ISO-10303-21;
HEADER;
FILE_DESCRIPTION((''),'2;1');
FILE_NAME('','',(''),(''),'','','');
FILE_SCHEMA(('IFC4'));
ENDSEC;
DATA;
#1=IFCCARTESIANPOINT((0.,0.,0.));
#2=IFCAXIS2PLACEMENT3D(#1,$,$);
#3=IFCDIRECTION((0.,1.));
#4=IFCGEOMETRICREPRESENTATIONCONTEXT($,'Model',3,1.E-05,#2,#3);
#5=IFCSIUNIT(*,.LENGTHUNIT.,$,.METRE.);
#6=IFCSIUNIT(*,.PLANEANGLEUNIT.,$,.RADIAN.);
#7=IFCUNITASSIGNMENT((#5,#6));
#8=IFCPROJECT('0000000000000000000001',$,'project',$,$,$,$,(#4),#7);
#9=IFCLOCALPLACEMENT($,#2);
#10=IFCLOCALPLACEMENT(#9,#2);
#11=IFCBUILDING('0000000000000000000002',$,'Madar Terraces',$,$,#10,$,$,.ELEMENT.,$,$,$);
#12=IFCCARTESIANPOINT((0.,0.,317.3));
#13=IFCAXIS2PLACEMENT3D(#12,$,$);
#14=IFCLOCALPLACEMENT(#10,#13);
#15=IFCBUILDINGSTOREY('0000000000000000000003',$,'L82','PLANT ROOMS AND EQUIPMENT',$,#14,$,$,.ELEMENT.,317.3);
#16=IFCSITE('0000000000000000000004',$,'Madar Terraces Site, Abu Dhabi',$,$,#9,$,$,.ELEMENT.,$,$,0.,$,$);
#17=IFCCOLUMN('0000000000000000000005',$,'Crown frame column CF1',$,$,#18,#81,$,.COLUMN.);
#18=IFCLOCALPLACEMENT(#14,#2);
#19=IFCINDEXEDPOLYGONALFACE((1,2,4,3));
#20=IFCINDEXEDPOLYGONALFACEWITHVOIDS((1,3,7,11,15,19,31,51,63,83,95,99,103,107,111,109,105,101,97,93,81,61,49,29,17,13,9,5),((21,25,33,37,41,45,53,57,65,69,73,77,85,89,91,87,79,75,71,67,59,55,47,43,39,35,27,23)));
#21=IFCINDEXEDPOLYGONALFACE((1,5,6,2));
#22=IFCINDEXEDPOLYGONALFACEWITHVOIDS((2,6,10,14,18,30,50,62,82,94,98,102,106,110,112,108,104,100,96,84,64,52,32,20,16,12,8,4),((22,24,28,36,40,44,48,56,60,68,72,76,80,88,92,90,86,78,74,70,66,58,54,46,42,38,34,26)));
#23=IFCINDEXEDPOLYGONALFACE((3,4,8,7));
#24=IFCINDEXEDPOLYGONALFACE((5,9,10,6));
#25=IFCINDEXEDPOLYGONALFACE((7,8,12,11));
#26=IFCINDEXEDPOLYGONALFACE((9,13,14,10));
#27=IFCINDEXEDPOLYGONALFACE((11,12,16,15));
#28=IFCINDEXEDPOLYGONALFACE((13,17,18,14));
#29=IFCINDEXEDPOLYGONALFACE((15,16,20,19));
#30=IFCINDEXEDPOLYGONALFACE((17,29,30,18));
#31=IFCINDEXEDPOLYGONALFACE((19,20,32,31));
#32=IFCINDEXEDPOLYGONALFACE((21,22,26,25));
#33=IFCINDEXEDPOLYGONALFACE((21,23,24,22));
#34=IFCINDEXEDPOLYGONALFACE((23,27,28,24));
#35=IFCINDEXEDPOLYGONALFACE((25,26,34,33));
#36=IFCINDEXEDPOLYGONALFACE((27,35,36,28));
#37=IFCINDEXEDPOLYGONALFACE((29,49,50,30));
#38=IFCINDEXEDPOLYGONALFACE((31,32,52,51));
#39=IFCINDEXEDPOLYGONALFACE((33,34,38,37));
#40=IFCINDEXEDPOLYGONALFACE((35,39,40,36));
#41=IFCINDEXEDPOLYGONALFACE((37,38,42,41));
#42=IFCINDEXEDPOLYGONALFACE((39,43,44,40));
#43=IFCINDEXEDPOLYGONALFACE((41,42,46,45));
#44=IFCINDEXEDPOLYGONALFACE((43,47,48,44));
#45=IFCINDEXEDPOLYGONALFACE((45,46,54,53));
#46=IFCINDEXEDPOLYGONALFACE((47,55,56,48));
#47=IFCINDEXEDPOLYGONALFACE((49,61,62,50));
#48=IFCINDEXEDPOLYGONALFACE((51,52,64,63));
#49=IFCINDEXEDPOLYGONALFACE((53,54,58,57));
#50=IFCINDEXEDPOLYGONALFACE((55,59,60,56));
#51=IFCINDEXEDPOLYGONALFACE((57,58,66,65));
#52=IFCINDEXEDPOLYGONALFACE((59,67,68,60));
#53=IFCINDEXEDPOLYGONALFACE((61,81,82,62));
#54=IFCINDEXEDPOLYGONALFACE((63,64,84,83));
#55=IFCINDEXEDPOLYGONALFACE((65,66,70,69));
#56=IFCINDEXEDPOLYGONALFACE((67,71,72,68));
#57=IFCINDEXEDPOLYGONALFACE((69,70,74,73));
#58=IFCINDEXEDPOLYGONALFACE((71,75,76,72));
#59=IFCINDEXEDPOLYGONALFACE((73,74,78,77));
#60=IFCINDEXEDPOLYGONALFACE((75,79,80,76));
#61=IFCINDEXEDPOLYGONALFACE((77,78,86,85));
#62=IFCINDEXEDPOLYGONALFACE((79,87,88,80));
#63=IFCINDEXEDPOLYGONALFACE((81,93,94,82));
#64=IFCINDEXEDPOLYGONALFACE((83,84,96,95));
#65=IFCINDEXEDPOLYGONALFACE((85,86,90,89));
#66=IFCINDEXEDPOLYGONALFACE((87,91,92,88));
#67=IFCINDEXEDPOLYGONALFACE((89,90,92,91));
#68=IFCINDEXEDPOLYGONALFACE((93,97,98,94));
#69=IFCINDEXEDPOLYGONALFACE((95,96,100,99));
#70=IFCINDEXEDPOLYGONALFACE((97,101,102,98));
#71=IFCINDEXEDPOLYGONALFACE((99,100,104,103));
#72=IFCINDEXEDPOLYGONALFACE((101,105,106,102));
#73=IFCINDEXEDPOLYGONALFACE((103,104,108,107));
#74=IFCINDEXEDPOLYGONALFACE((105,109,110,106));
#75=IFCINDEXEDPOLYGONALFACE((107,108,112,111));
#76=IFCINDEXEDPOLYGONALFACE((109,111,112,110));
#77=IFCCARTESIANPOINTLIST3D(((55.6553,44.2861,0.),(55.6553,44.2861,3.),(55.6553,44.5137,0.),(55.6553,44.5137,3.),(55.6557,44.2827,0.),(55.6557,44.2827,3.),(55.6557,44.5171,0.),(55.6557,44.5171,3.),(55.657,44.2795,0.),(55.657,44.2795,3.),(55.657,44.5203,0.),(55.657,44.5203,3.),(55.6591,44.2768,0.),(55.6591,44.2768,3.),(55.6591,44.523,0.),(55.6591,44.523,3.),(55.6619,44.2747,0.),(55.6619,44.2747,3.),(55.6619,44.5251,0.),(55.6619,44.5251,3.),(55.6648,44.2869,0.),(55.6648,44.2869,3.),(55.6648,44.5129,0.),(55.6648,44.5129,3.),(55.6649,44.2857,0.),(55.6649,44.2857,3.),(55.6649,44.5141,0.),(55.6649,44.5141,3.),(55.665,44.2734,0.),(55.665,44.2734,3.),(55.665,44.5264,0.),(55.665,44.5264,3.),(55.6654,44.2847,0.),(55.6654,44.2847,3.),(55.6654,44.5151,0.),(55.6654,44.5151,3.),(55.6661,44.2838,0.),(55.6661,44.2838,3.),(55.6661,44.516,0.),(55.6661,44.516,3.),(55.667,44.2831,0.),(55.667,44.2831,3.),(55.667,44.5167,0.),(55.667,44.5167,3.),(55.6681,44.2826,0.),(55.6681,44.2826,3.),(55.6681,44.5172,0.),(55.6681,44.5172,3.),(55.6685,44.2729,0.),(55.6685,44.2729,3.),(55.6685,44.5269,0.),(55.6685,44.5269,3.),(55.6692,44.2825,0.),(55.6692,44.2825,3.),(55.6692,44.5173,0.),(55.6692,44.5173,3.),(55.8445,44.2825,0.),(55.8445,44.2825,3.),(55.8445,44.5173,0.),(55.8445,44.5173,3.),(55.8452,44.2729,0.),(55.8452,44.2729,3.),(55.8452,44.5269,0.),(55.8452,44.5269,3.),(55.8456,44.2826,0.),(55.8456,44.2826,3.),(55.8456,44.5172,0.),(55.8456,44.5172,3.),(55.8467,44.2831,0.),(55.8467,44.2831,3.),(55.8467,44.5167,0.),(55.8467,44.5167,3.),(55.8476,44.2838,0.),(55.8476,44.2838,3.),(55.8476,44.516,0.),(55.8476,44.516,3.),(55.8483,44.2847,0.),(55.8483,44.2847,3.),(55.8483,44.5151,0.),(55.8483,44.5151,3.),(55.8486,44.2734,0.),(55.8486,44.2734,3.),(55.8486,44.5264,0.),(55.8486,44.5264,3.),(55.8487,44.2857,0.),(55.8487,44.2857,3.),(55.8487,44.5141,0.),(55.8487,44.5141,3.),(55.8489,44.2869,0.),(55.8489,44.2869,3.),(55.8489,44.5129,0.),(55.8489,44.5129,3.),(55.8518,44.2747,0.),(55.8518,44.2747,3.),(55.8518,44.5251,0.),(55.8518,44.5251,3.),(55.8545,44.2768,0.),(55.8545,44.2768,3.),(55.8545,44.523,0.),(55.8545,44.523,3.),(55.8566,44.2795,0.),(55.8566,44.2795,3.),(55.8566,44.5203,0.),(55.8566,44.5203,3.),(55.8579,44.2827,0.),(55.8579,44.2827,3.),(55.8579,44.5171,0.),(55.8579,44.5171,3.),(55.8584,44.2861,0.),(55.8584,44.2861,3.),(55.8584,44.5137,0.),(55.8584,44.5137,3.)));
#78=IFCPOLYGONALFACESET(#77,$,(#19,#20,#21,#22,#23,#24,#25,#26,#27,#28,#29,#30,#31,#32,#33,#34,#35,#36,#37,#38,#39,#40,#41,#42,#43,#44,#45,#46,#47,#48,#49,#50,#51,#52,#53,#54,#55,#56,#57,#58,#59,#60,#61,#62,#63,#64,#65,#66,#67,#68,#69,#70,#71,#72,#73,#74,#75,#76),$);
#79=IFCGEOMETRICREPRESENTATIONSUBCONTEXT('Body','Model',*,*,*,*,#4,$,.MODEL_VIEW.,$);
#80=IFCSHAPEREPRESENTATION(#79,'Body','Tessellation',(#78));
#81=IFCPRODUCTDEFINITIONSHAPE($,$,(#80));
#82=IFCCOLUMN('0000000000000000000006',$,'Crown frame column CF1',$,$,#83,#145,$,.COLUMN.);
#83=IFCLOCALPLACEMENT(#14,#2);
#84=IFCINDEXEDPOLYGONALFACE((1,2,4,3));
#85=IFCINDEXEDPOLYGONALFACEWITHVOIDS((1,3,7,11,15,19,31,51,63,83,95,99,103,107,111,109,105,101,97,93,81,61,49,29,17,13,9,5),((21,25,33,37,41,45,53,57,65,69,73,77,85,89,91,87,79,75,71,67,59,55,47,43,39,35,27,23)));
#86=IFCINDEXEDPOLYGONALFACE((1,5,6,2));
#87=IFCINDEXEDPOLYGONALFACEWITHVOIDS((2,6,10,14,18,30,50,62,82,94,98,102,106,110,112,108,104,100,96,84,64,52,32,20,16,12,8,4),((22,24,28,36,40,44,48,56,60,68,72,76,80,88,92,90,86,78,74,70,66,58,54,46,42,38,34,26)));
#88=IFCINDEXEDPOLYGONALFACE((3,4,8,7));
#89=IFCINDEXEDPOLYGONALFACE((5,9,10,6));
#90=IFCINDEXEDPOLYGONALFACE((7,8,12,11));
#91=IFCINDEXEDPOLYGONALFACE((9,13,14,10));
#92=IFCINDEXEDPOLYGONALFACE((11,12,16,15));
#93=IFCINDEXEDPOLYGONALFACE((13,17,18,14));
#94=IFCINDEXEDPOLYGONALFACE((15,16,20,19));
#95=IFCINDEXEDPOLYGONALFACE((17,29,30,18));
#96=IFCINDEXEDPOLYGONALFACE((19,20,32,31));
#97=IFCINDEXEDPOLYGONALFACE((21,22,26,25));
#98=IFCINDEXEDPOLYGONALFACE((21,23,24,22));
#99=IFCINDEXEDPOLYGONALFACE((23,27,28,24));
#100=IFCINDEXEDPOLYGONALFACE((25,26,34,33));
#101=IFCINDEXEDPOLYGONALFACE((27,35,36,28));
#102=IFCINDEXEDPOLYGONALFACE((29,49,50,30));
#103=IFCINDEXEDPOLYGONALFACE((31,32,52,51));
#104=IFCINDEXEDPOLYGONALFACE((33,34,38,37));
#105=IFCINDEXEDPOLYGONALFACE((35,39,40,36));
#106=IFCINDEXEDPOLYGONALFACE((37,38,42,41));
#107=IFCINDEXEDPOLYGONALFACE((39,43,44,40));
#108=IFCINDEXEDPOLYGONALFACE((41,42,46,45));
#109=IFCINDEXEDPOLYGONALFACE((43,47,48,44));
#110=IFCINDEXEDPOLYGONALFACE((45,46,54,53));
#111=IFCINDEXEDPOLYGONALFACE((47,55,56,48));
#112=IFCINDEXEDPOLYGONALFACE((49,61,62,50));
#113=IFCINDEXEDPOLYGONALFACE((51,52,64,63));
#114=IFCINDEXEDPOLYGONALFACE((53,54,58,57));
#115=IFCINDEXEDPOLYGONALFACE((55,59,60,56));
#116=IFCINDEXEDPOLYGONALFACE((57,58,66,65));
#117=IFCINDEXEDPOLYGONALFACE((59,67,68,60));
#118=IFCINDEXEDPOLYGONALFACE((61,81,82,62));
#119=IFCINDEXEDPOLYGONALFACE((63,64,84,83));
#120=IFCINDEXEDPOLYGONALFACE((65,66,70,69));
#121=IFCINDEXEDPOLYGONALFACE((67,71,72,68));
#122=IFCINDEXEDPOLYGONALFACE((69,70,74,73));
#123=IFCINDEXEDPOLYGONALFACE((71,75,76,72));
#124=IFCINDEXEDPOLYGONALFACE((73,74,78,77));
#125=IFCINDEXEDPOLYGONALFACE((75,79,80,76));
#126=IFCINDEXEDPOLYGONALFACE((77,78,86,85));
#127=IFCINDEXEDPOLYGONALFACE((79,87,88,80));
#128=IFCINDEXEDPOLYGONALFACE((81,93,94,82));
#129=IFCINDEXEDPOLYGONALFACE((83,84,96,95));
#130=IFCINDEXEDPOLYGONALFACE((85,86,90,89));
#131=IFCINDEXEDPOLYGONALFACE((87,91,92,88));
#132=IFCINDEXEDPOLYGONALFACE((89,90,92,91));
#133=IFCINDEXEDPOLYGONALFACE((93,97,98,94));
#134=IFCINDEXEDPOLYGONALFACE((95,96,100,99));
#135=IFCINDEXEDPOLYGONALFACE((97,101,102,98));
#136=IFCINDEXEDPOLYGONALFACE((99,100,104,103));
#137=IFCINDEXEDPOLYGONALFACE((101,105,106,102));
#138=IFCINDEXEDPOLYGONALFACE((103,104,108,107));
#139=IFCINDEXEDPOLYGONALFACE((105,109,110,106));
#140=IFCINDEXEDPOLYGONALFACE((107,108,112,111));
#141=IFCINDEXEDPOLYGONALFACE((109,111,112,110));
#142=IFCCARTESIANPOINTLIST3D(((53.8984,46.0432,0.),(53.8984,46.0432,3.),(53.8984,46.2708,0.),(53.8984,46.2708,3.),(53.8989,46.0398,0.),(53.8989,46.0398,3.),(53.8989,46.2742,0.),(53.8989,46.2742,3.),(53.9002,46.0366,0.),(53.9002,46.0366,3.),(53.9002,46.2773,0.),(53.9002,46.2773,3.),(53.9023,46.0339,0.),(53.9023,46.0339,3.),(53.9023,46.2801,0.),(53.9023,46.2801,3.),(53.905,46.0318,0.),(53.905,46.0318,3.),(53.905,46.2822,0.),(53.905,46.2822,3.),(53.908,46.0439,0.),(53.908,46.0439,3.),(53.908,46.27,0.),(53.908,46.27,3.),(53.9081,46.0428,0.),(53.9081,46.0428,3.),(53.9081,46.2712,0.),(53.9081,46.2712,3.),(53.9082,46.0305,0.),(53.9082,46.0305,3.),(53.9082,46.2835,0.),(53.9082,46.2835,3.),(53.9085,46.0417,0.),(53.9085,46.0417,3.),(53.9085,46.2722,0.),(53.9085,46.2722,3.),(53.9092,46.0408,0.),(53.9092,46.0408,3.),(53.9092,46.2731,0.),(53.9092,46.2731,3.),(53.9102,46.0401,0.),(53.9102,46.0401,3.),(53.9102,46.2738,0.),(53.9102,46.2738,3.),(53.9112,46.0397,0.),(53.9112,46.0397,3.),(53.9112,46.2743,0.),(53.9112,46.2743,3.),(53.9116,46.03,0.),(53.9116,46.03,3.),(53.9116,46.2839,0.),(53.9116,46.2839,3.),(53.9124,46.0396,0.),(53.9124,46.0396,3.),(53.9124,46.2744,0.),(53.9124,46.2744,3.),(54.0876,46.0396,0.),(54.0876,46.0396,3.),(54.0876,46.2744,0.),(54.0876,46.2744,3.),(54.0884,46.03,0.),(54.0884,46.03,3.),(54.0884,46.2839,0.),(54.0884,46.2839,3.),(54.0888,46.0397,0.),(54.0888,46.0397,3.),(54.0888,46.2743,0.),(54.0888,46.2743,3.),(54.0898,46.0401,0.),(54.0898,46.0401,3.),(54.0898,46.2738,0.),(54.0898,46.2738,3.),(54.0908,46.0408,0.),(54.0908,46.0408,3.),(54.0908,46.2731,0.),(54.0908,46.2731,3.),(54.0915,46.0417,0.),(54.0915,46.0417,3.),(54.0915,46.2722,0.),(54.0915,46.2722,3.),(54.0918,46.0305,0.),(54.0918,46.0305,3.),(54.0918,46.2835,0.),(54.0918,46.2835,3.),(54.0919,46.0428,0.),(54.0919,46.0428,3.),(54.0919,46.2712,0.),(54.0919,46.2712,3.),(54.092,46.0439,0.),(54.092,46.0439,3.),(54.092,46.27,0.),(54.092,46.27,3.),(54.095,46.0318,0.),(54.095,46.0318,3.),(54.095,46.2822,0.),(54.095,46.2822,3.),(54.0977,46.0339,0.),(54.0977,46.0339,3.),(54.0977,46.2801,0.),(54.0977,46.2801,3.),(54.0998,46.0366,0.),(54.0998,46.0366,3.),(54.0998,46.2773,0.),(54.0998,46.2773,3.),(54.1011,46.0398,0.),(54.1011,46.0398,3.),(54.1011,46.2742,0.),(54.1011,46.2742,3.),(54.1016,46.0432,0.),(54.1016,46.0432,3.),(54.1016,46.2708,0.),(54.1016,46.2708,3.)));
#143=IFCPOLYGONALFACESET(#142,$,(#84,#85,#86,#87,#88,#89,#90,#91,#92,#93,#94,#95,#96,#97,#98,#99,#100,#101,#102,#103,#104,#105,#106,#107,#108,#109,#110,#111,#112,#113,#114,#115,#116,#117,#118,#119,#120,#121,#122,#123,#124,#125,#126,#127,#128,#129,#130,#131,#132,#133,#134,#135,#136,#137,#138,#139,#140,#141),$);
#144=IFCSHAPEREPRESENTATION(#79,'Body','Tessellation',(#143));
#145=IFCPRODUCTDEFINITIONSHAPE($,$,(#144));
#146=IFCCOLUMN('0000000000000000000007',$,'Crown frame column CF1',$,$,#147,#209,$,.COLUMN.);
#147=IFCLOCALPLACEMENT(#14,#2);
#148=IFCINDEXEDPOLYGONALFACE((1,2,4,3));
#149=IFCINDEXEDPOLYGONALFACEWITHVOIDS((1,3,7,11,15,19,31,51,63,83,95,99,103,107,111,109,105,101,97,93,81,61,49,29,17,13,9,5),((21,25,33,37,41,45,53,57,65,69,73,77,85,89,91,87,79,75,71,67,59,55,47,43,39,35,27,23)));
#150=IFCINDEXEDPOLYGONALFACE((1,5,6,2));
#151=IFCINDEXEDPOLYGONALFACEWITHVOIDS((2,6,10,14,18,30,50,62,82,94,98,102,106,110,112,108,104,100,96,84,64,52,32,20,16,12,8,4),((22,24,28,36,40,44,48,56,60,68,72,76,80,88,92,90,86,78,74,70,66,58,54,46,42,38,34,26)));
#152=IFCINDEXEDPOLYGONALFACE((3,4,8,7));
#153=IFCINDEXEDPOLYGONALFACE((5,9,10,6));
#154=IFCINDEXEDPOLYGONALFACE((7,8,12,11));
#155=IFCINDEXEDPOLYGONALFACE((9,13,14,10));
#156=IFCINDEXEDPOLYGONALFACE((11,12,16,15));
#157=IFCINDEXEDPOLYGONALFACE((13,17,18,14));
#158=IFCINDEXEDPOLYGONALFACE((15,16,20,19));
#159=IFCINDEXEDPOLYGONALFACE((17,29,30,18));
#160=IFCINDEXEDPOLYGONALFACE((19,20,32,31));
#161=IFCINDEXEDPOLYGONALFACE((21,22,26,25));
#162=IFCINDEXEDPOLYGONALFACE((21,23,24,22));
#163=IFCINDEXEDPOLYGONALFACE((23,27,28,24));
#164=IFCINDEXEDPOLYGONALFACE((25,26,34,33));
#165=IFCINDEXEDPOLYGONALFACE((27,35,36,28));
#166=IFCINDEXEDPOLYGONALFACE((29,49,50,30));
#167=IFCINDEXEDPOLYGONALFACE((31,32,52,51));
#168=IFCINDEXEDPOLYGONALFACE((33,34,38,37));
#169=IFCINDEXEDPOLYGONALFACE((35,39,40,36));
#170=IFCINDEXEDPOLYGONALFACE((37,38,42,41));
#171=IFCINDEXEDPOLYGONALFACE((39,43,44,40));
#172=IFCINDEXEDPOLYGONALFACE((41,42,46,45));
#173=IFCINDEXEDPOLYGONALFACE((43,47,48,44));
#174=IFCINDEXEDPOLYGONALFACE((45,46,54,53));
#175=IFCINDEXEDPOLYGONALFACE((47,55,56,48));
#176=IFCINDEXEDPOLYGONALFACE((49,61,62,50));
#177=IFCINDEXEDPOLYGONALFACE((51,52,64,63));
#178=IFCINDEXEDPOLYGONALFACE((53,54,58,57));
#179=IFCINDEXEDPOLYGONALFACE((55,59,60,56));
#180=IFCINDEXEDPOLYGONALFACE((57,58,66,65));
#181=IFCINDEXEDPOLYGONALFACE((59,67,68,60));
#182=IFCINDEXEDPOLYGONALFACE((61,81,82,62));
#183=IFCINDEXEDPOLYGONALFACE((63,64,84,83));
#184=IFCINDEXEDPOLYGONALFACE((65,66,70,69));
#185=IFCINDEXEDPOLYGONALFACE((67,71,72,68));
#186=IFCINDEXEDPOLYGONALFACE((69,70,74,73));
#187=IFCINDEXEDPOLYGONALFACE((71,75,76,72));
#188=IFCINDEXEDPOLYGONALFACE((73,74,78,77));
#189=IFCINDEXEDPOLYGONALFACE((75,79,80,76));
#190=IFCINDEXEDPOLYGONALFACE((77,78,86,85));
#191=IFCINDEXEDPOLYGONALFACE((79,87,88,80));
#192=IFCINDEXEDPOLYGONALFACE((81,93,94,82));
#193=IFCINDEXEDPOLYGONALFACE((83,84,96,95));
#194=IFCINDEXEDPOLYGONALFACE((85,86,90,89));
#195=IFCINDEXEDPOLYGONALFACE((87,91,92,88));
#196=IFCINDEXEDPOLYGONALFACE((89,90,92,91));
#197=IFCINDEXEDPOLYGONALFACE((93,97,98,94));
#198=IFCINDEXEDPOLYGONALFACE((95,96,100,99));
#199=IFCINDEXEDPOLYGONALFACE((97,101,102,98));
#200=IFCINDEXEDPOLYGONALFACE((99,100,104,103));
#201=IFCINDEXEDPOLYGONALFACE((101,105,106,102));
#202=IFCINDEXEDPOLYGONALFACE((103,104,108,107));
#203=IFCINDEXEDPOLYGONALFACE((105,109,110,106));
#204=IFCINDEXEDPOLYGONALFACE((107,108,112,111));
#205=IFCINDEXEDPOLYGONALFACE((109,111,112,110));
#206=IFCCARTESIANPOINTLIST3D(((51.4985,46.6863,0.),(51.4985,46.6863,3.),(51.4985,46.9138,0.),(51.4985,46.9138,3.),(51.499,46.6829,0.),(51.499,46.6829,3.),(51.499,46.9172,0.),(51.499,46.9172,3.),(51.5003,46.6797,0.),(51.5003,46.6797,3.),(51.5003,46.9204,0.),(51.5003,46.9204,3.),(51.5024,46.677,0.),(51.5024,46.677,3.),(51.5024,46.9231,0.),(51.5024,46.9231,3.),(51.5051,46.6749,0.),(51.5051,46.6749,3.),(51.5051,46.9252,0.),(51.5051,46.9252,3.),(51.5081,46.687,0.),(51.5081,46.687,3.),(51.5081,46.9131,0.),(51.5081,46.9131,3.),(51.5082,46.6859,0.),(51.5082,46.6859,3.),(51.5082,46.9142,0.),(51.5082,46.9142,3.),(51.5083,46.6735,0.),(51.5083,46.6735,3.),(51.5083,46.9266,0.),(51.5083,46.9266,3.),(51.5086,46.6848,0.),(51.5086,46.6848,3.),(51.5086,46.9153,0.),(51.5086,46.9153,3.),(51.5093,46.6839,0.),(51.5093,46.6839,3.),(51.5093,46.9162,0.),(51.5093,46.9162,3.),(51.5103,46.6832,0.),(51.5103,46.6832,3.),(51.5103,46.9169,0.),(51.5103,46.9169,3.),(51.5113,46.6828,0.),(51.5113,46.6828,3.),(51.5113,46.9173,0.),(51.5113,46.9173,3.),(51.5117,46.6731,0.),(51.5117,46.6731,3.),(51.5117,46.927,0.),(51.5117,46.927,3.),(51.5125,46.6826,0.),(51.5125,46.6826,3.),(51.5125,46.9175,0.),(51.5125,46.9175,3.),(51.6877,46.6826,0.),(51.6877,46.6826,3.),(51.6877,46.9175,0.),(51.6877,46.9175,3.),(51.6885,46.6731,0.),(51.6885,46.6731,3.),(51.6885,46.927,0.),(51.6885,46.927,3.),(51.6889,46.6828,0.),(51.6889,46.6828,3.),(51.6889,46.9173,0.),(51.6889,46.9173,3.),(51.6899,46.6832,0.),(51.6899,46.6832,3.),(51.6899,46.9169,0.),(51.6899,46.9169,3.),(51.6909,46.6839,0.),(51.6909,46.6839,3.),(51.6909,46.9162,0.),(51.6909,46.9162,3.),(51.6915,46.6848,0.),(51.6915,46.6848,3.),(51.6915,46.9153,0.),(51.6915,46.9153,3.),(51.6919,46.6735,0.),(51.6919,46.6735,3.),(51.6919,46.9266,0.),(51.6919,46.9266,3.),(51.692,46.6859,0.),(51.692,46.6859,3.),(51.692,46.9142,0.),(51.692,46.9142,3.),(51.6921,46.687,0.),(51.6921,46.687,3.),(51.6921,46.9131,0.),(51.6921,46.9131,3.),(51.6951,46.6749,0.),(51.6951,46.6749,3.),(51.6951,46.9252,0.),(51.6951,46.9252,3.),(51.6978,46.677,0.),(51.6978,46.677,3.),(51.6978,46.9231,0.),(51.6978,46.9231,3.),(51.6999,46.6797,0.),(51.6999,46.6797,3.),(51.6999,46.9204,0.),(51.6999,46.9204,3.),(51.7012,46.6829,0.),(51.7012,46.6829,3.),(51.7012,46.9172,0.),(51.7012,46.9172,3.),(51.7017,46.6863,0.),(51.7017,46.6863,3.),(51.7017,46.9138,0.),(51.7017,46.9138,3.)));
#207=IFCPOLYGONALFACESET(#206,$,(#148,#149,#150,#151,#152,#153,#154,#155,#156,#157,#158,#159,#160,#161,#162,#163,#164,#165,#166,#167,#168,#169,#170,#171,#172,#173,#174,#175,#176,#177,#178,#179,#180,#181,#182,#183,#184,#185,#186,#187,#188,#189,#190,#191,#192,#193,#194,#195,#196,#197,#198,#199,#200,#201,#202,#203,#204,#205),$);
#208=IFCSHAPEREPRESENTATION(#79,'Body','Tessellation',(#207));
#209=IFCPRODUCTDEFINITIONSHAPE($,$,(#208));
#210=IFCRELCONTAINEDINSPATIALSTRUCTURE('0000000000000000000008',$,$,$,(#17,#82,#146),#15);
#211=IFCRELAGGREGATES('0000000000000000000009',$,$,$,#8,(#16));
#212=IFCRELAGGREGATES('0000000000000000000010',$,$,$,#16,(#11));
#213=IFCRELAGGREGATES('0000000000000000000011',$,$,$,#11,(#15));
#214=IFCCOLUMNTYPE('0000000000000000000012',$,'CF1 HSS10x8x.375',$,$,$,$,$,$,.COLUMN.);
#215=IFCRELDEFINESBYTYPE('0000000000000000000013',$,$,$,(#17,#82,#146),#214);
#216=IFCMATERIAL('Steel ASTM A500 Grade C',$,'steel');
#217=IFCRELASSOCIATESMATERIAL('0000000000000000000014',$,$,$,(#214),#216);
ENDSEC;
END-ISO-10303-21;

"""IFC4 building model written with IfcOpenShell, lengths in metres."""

from ifc_helpers import new_model, si_unit, direction, frame, origin, origin_2d, place, context, subcontext, project, spatial, hollow_rectangle, extrude, material, material_profile, profile_set, type_object, element, save


model = new_model("IFC4")

# Units and contexts
model_context = context("Model", 3, precision=1e-05, world=origin(), true_north=direction((0.0, 1.0)))
body_context = subcontext(model_context, "Body", "Model", "MODEL_VIEW")
ifc_project = project(units=[si_unit("LENGTHUNIT", "METRE"), si_unit("PLANEANGLEUNIT", "RADIAN")], contexts=[model_context])

# Site, building, storey
site_placement = place(None, origin())
site = spatial("IfcSite", under=ifc_project, at=site_placement, Name="Madar Terraces Site, Abu Dhabi", CompositionType="ELEMENT", RefElevation=0.0)
building_placement = place(site_placement, origin())
building = spatial("IfcBuilding", under=site, at=building_placement, Name="Madar Terraces", CompositionType="ELEMENT")
storey_placement = place(building_placement, frame((0.0, 0.0, 317.3)))
storey = spatial("IfcBuildingStorey", under=building, at=storey_placement, Name="L82", Description="PLANT ROOMS AND EQUIPMENT", CompositionType="ELEMENT", Elevation=317.3)

# Columns
ifc_material_1 = material(Name="Steel ASTM A500 Grade C", Category="steel")
ifc_material_profile_1 = material_profile(ifc_material_1, hollow_rectangle(XDim=0.2031, YDim=0.2539, WallThickness=0.0095, InnerFilletRadius=0.0044, OuterFilletRadius=0.0132, at=origin_2d()), Name="HSS10x8x.375")
ifc_profile_set_1 = profile_set([ifc_material_profile_1], Name="Steel ASTM A500 Grade C")
column_type = type_object("IfcColumnType", Name="CF1 HSS10x8x.375", PredefinedType="COLUMN", material=ifc_profile_set_1)
for number, where, z_axis, x_axis, name in (
    (1, (55.7568, 44.3999, 0.0), (0.0, 0.0, 1.0), (1.0, 0.0, 0.0), "Crown frame column CF1"),
    (2, (54.0, 46.157, 0.0), (0.0, 0.0, 1.0), (1.0, 0.0, 0.0), "Crown frame column CF1"),
    (3, (51.6001, 46.8, 0.0), (0.0, 0.0, 1.0), (1.0, 0.0, 0.0), "Crown frame column CF1"),
):
    element("IfcColumn", number, at=place(storey_placement, frame(where, z_axis=z_axis, x_axis=x_axis)), inside=storey, type_object=column_type, Name=name, PredefinedType="COLUMN", context=body_context, shape_type="SweptSolid", body=[
        extrude(hollow_rectangle(XDim=0.2031, YDim=0.2539, WallThickness=0.0095, InnerFilletRadius=0.0044, OuterFilletRadius=0.0132, at=origin_2d()), origin(), (0.0, 0.0, 1.0), 3.0),
    ])

save(model, "model.ifc")
